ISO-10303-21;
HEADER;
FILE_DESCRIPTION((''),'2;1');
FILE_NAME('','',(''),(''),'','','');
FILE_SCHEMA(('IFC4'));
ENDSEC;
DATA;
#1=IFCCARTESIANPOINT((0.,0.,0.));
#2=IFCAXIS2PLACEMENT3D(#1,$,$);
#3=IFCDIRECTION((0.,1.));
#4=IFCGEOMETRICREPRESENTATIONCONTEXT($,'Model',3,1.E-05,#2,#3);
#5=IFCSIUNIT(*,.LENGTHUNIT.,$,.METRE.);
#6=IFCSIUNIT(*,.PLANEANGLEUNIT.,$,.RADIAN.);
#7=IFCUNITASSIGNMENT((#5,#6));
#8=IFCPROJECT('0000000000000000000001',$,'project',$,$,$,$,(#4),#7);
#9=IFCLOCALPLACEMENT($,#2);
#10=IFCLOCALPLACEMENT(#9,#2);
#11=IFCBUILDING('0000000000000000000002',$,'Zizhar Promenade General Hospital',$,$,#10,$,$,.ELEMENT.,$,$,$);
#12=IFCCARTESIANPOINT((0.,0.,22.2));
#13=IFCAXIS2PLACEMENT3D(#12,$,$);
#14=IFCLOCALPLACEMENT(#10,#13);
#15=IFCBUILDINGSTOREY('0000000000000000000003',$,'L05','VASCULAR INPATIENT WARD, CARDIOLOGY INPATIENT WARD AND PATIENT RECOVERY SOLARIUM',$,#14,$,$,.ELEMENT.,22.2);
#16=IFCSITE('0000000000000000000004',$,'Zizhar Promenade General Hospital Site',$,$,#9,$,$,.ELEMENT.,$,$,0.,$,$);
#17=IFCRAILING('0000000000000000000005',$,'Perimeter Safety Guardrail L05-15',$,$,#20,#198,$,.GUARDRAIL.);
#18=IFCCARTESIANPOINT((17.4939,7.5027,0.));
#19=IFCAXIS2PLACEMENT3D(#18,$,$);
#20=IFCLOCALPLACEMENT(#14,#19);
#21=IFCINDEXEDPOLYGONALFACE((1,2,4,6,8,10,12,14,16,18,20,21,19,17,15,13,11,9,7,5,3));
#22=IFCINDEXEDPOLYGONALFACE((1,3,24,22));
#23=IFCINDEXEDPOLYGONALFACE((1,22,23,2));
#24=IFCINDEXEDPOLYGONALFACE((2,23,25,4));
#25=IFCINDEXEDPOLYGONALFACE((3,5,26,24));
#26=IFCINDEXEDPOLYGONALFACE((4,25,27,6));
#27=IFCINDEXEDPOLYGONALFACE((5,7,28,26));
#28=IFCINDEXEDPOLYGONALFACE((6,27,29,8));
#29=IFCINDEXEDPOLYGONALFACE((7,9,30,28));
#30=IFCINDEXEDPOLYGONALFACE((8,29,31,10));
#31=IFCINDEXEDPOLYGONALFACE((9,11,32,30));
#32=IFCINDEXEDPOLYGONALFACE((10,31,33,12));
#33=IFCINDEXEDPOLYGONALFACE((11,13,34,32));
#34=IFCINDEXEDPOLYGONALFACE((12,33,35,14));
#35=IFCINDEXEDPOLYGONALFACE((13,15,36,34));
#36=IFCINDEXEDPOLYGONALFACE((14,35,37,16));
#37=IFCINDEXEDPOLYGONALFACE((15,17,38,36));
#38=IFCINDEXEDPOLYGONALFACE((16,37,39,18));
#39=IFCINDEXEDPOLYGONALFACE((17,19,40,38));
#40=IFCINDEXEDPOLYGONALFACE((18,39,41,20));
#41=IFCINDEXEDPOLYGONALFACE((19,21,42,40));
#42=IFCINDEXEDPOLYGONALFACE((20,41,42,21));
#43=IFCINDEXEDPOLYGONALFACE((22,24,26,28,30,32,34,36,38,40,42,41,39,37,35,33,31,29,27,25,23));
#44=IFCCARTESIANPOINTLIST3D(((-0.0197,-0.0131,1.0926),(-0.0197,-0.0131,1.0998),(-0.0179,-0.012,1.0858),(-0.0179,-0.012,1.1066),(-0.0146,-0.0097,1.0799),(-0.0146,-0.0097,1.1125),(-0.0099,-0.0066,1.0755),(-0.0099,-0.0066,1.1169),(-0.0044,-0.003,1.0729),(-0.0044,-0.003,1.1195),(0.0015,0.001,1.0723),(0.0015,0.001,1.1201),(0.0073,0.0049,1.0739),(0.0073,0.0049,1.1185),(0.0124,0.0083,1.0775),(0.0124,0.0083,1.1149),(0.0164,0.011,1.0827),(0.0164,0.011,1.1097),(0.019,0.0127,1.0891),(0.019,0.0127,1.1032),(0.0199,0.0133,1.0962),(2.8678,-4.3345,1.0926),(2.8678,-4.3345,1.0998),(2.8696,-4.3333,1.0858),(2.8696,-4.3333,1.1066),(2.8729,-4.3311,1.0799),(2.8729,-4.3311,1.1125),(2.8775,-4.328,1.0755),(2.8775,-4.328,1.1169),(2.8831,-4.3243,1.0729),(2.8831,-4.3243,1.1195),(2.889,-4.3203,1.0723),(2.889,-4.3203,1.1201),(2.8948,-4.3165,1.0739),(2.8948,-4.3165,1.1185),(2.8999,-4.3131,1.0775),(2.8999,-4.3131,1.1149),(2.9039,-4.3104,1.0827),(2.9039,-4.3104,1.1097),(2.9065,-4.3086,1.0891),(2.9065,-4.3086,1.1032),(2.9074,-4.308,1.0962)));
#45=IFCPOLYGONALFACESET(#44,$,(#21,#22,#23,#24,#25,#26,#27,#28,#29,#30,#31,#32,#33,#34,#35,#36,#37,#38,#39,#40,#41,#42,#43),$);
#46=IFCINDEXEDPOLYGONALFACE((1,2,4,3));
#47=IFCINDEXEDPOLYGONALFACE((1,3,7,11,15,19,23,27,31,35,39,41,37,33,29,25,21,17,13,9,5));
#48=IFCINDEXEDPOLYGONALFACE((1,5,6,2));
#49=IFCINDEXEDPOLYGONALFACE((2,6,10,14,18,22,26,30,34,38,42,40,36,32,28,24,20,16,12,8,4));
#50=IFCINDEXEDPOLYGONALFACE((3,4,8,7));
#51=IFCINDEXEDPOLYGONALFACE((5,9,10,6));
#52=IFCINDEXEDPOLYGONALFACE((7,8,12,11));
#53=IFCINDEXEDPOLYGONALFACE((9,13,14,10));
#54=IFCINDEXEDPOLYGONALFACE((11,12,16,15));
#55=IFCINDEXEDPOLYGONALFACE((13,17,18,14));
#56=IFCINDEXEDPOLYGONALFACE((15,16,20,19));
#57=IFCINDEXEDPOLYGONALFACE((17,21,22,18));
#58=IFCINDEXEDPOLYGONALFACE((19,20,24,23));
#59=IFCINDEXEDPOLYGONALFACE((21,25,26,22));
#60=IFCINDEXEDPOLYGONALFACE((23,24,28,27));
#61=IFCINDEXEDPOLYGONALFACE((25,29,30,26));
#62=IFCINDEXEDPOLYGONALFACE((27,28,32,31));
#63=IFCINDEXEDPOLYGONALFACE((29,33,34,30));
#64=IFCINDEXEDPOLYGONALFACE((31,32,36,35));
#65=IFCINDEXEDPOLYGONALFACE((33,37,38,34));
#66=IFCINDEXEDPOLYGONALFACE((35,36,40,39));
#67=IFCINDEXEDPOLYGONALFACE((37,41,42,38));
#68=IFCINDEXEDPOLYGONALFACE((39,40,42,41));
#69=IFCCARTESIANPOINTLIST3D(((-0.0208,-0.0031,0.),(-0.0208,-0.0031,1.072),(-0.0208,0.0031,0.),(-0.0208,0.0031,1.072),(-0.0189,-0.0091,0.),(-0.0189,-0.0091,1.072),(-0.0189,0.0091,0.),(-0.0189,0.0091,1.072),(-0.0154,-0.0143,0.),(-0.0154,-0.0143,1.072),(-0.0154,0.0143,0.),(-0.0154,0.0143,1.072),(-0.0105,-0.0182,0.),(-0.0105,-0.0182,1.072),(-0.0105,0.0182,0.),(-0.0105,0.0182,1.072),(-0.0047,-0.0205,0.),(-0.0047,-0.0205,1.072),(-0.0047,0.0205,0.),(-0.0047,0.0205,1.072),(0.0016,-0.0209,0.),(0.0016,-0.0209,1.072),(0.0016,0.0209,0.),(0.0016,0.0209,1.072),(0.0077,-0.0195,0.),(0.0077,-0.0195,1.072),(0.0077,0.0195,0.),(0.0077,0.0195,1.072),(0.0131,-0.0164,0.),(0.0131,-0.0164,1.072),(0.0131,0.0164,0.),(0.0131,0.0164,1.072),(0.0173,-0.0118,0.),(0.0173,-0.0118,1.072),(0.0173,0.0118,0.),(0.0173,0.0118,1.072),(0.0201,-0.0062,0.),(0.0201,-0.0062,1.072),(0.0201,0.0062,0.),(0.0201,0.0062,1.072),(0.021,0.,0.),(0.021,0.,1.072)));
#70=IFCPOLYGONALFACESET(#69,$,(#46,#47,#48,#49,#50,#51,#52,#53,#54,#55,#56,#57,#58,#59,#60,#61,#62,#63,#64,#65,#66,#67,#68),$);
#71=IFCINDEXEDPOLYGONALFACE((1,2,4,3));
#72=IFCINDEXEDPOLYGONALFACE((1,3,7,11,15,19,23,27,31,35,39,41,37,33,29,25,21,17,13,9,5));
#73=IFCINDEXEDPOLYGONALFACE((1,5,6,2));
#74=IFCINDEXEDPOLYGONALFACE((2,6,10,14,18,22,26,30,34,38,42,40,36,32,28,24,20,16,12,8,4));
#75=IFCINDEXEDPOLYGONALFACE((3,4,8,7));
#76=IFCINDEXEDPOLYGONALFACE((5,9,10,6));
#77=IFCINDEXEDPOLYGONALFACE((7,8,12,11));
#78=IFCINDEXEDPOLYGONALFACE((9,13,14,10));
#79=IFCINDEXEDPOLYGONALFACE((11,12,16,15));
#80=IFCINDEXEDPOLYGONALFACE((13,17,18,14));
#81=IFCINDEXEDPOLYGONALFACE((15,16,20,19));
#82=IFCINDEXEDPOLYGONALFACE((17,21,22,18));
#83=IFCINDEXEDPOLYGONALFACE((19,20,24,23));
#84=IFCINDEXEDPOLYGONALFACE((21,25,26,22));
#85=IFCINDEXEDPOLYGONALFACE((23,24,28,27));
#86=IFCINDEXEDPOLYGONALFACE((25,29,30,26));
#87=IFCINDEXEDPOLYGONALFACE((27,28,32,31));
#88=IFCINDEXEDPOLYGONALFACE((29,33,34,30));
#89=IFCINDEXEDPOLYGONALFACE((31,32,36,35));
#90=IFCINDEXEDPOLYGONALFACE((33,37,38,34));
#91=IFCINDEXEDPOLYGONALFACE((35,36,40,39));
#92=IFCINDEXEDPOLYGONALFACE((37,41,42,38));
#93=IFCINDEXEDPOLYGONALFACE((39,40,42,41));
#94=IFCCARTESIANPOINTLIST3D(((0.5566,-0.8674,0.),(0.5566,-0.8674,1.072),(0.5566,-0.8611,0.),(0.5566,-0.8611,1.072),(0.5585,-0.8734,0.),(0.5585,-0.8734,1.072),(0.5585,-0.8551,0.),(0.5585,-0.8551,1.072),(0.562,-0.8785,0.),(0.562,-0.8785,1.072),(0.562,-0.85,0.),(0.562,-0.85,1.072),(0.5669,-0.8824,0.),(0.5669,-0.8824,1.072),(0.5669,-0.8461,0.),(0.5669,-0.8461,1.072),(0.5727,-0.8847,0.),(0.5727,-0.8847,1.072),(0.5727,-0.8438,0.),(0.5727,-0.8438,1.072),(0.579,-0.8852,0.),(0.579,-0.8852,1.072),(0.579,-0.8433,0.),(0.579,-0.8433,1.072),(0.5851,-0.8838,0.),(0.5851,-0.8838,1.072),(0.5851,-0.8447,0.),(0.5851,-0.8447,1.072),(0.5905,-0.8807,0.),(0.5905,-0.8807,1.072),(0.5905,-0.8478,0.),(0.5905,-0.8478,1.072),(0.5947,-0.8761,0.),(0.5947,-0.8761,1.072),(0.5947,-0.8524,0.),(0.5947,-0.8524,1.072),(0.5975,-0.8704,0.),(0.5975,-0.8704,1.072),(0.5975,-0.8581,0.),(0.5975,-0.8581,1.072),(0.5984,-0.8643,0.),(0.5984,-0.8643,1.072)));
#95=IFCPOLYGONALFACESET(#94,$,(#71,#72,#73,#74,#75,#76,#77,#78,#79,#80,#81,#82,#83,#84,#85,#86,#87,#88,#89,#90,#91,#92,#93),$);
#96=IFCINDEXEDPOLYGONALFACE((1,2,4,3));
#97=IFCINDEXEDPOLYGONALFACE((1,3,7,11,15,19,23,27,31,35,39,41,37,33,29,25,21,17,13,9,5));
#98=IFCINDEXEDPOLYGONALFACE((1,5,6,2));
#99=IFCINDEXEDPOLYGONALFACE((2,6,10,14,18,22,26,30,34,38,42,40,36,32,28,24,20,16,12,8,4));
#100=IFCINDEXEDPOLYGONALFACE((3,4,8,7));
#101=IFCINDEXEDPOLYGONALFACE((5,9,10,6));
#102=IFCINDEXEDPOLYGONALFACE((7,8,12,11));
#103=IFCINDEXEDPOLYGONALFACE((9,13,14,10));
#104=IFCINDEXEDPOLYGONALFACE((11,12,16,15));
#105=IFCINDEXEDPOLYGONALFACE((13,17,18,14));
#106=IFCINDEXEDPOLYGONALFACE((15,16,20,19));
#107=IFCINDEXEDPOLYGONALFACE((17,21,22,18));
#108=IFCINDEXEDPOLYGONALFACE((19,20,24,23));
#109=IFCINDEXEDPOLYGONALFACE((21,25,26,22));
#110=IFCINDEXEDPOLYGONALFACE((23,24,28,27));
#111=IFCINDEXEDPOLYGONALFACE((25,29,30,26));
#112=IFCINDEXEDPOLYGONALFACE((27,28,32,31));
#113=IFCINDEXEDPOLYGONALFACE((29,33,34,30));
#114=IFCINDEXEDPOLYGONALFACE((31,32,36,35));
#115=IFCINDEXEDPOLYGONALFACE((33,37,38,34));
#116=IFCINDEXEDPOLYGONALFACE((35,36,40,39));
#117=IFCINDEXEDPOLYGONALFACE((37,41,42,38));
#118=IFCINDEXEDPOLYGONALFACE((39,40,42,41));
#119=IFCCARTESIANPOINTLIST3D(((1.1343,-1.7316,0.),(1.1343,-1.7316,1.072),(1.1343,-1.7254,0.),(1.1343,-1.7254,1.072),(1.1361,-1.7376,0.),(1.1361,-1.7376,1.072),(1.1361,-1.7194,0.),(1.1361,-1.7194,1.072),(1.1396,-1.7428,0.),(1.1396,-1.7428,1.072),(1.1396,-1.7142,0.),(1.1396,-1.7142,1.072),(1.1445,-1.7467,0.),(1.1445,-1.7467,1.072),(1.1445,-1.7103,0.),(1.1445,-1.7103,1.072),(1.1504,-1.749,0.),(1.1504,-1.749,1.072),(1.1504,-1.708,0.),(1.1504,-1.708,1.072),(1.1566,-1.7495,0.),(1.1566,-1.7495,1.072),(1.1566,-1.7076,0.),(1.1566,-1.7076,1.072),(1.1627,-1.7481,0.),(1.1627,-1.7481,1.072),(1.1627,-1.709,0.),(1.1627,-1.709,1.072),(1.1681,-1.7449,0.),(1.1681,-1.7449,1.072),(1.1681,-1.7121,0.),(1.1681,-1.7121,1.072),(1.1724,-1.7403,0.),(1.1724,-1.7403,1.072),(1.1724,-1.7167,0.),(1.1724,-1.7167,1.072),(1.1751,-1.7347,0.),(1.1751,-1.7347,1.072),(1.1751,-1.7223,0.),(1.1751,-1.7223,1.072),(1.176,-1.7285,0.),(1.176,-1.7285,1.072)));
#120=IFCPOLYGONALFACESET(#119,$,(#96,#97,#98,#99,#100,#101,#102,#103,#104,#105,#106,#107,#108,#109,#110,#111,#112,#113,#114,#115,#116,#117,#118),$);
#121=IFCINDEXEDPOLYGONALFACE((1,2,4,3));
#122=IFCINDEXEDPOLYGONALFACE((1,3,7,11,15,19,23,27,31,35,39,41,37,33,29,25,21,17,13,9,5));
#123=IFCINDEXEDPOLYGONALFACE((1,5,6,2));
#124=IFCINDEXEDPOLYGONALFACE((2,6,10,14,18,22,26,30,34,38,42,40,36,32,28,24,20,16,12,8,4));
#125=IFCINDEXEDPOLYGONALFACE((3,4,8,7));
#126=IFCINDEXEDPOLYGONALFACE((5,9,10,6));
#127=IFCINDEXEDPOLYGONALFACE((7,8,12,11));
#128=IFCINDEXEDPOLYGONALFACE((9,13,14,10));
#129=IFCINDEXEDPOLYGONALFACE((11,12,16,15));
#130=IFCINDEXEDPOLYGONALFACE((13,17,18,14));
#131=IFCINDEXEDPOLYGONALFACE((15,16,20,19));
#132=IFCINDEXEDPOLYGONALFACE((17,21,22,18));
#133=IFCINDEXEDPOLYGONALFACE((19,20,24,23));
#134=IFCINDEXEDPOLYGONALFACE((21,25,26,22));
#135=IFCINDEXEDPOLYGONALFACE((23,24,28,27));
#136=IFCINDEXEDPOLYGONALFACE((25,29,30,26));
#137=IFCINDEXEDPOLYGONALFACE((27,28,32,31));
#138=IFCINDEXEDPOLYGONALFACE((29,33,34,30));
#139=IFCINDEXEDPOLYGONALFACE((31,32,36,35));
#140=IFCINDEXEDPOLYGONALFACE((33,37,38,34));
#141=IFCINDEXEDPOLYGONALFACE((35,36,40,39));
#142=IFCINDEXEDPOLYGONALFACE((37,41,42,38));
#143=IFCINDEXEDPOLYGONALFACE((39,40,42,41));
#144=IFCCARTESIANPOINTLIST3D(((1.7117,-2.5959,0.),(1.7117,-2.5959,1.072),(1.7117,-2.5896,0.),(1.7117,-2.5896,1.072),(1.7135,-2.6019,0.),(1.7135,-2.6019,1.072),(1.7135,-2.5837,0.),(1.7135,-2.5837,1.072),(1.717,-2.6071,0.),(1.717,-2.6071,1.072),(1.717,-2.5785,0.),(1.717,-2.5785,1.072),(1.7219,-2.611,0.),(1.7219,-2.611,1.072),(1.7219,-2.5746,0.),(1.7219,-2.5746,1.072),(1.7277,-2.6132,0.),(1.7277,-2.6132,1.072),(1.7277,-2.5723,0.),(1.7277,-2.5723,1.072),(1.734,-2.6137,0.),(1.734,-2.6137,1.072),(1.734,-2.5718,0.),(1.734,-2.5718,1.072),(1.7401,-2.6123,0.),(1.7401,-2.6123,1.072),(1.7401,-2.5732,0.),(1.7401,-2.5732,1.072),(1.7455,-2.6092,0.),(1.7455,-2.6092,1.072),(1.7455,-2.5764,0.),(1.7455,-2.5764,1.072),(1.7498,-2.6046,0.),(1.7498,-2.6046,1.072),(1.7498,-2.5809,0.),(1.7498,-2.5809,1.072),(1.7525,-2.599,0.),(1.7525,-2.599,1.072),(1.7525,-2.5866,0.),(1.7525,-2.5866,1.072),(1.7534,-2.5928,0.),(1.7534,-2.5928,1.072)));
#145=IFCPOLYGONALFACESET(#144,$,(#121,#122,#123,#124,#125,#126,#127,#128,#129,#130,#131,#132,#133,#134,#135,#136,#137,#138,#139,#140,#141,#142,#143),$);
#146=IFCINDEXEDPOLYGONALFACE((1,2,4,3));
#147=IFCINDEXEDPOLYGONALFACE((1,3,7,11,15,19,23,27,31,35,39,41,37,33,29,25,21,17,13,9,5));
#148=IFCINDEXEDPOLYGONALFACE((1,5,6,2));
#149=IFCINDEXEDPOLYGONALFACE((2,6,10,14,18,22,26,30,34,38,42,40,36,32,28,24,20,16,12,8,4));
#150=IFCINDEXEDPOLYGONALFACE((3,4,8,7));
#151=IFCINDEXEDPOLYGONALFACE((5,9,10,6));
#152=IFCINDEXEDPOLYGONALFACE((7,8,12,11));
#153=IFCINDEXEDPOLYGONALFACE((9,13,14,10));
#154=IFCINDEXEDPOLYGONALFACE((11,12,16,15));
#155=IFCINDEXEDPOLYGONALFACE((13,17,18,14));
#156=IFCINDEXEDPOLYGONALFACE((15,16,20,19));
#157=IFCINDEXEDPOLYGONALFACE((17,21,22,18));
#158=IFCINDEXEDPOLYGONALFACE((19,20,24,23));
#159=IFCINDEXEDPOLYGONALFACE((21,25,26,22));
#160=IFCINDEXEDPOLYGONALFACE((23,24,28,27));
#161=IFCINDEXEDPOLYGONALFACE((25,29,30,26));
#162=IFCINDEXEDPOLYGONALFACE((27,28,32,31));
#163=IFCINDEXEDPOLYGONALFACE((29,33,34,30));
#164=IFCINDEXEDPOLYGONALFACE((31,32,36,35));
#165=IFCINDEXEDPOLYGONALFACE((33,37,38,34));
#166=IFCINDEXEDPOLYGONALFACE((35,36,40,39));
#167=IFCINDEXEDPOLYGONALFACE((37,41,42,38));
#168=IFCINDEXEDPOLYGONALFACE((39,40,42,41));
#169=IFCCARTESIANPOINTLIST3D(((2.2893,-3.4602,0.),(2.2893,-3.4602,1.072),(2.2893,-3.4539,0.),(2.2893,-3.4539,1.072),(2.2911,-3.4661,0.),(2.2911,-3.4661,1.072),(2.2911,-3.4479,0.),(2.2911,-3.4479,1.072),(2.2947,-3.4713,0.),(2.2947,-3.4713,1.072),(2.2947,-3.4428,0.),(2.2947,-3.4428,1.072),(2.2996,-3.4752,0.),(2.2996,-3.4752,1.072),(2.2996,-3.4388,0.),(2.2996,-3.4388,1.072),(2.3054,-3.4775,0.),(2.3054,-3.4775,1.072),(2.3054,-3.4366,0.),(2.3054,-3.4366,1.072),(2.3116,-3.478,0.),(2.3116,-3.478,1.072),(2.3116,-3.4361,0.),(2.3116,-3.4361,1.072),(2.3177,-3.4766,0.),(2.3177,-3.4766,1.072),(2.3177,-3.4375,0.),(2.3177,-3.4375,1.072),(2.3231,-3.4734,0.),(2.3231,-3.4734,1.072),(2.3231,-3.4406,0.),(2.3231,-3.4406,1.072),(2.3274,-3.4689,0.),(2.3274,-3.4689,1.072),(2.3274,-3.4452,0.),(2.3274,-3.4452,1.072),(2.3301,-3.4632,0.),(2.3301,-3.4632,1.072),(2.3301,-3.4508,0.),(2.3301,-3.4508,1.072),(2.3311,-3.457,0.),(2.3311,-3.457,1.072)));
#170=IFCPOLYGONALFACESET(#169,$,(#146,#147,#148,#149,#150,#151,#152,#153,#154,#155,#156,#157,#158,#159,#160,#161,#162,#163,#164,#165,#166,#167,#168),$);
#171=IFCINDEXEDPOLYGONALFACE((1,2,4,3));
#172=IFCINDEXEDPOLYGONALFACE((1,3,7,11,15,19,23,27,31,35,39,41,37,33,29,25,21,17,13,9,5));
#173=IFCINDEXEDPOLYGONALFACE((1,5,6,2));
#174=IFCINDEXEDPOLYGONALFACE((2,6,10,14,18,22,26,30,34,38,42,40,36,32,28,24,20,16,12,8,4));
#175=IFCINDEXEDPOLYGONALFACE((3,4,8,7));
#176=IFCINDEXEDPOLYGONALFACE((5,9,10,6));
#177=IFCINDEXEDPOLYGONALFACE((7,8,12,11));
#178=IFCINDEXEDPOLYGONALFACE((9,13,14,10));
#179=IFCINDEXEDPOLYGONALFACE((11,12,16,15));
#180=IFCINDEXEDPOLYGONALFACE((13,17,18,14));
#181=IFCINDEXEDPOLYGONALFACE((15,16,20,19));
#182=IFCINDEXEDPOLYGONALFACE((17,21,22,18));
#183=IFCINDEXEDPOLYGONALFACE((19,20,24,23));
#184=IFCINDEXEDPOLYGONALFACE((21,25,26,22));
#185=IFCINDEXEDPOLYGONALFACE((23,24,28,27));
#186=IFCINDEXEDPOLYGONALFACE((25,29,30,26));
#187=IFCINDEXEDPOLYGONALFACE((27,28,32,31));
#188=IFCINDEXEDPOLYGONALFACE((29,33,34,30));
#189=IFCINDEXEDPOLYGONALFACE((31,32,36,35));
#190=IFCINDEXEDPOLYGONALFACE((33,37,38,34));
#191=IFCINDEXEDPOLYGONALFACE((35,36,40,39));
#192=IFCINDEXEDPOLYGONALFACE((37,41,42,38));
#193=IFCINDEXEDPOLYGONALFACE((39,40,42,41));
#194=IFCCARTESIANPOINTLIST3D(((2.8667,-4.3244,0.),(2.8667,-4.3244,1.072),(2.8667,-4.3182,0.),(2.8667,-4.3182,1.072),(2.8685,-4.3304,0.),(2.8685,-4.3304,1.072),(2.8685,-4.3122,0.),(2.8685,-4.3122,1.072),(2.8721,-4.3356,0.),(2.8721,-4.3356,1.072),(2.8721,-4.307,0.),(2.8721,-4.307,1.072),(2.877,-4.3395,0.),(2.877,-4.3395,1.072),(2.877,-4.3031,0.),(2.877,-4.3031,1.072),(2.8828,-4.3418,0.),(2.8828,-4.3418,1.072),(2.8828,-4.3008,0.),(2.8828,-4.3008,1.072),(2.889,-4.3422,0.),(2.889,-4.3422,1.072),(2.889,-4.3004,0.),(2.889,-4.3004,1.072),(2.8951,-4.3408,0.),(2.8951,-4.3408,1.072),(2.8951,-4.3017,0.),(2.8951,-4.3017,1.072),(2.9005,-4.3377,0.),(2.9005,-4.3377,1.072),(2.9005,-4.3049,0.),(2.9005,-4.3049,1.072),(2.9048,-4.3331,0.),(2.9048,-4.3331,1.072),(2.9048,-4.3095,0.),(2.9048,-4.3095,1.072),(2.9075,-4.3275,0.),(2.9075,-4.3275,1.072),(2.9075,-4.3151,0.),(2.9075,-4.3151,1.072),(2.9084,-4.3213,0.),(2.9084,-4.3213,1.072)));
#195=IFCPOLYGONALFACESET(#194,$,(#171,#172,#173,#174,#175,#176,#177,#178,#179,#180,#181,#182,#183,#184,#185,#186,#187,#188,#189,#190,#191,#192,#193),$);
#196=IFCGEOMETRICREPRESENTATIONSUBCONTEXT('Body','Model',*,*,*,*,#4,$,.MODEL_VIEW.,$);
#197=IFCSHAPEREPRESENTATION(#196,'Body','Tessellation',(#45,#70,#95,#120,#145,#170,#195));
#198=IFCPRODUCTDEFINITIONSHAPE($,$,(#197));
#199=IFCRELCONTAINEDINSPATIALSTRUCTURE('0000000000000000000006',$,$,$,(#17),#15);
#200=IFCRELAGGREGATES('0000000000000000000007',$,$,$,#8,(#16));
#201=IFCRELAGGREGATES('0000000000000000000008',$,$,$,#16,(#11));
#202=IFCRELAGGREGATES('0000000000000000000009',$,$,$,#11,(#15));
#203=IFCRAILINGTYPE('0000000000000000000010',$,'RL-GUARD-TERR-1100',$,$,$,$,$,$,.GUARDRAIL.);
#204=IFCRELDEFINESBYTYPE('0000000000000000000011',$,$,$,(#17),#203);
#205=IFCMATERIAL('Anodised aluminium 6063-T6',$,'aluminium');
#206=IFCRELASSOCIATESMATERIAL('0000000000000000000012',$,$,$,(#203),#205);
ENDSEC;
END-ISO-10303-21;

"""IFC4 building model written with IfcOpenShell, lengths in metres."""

from ifc_helpers import new_model, si_unit, direction, frame, origin, origin_2d, place, context, subcontext, project, spatial, circle, hollow_circle, extrude, material, material_profile, profile_set, type_object, element, save


model = new_model("IFC4")

# Units and contexts
model_context = context("Model", 3, precision=1e-05, world=origin(), true_north=direction((0.0, 1.0)))
body_context = subcontext(model_context, "Body", "Model", "MODEL_VIEW")
ifc_project = project(units=[si_unit("LENGTHUNIT", "METRE"), si_unit("PLANEANGLEUNIT", "RADIAN")], contexts=[model_context])

# Site, building, storey
site_placement = place(None, origin())
site = spatial("IfcSite", under=ifc_project, at=site_placement, Name="Zizhar Promenade General Hospital Site", CompositionType="ELEMENT", RefElevation=0.0)
building_placement = place(site_placement, origin())
building = spatial("IfcBuilding", under=site, at=building_placement, Name="Zizhar Promenade General Hospital", CompositionType="ELEMENT")
storey_placement = place(building_placement, frame((0.0, 0.0, 22.2)))
storey = spatial("IfcBuildingStorey", under=building, at=storey_placement, Name="L05", Description="VASCULAR INPATIENT WARD, CARDIOLOGY INPATIENT WARD AND PATIENT RECOVERY SOLARIUM", CompositionType="ELEMENT", Elevation=22.2)

# Railing
ifc_material_1 = material(Name="Anodised aluminium 6063-T6", Category="aluminium")
ifc_material_profile_1 = material_profile(ifc_material_1, hollow_circle(Radius=0.0698, WallThickness=0.0063, at=origin_2d()))
ifc_profile_set_1 = profile_set([ifc_material_profile_1], Name="Anodised aluminium 6063-T6")
railing_type = type_object("IfcRailingType", Name="RL-GUARD-TERR-1100", PredefinedType="GUARDRAIL", material=ifc_profile_set_1)
railing_placement = place(storey_placement, frame((17.4939, 7.5027, 0.0)))
element("IfcRailing", 1, at=railing_placement, inside=storey, type_object=railing_type, Name="Perimeter Safety Guardrail L05-15", PredefinedType="GUARDRAIL", context=body_context, shape_type="SweptSolid", body=[
    extrude(circle(Radius=0.0239, at=origin_2d()), frame((0.0, 0.0, 1.0962), z_axis=(0.555578, -0.831464, 0.0), x_axis=(0.831464, 0.555578, 0.0)), (0.0, 0.0, 1.0), 5.1973),
    extrude(circle(Radius=0.021, at=origin_2d()), origin(), (0.0, 0.0, 1.0), 1.072),
    extrude(circle(Radius=0.021, at=origin_2d()), frame((0.5774, -0.8643, 0.0)), (0.0, 0.0, 1.0), 1.072),
    extrude(circle(Radius=0.021, at=origin_2d()), frame((1.155, -1.7285, 0.0)), (0.0, 0.0, 1.0), 1.072),
    extrude(circle(Radius=0.021, at=origin_2d()), frame((1.7324, -2.5928, 0.0)), (0.0, 0.0, 1.0), 1.072),
    extrude(circle(Radius=0.021, at=origin_2d()), frame((2.3101, -3.457, 0.0)), (0.0, 0.0, 1.0), 1.072),
    extrude(circle(Radius=0.021, at=origin_2d()), frame((2.8875, -4.3213, 0.0)), (0.0, 0.0, 1.0), 1.072),
])

save(model, "model.ifc")
